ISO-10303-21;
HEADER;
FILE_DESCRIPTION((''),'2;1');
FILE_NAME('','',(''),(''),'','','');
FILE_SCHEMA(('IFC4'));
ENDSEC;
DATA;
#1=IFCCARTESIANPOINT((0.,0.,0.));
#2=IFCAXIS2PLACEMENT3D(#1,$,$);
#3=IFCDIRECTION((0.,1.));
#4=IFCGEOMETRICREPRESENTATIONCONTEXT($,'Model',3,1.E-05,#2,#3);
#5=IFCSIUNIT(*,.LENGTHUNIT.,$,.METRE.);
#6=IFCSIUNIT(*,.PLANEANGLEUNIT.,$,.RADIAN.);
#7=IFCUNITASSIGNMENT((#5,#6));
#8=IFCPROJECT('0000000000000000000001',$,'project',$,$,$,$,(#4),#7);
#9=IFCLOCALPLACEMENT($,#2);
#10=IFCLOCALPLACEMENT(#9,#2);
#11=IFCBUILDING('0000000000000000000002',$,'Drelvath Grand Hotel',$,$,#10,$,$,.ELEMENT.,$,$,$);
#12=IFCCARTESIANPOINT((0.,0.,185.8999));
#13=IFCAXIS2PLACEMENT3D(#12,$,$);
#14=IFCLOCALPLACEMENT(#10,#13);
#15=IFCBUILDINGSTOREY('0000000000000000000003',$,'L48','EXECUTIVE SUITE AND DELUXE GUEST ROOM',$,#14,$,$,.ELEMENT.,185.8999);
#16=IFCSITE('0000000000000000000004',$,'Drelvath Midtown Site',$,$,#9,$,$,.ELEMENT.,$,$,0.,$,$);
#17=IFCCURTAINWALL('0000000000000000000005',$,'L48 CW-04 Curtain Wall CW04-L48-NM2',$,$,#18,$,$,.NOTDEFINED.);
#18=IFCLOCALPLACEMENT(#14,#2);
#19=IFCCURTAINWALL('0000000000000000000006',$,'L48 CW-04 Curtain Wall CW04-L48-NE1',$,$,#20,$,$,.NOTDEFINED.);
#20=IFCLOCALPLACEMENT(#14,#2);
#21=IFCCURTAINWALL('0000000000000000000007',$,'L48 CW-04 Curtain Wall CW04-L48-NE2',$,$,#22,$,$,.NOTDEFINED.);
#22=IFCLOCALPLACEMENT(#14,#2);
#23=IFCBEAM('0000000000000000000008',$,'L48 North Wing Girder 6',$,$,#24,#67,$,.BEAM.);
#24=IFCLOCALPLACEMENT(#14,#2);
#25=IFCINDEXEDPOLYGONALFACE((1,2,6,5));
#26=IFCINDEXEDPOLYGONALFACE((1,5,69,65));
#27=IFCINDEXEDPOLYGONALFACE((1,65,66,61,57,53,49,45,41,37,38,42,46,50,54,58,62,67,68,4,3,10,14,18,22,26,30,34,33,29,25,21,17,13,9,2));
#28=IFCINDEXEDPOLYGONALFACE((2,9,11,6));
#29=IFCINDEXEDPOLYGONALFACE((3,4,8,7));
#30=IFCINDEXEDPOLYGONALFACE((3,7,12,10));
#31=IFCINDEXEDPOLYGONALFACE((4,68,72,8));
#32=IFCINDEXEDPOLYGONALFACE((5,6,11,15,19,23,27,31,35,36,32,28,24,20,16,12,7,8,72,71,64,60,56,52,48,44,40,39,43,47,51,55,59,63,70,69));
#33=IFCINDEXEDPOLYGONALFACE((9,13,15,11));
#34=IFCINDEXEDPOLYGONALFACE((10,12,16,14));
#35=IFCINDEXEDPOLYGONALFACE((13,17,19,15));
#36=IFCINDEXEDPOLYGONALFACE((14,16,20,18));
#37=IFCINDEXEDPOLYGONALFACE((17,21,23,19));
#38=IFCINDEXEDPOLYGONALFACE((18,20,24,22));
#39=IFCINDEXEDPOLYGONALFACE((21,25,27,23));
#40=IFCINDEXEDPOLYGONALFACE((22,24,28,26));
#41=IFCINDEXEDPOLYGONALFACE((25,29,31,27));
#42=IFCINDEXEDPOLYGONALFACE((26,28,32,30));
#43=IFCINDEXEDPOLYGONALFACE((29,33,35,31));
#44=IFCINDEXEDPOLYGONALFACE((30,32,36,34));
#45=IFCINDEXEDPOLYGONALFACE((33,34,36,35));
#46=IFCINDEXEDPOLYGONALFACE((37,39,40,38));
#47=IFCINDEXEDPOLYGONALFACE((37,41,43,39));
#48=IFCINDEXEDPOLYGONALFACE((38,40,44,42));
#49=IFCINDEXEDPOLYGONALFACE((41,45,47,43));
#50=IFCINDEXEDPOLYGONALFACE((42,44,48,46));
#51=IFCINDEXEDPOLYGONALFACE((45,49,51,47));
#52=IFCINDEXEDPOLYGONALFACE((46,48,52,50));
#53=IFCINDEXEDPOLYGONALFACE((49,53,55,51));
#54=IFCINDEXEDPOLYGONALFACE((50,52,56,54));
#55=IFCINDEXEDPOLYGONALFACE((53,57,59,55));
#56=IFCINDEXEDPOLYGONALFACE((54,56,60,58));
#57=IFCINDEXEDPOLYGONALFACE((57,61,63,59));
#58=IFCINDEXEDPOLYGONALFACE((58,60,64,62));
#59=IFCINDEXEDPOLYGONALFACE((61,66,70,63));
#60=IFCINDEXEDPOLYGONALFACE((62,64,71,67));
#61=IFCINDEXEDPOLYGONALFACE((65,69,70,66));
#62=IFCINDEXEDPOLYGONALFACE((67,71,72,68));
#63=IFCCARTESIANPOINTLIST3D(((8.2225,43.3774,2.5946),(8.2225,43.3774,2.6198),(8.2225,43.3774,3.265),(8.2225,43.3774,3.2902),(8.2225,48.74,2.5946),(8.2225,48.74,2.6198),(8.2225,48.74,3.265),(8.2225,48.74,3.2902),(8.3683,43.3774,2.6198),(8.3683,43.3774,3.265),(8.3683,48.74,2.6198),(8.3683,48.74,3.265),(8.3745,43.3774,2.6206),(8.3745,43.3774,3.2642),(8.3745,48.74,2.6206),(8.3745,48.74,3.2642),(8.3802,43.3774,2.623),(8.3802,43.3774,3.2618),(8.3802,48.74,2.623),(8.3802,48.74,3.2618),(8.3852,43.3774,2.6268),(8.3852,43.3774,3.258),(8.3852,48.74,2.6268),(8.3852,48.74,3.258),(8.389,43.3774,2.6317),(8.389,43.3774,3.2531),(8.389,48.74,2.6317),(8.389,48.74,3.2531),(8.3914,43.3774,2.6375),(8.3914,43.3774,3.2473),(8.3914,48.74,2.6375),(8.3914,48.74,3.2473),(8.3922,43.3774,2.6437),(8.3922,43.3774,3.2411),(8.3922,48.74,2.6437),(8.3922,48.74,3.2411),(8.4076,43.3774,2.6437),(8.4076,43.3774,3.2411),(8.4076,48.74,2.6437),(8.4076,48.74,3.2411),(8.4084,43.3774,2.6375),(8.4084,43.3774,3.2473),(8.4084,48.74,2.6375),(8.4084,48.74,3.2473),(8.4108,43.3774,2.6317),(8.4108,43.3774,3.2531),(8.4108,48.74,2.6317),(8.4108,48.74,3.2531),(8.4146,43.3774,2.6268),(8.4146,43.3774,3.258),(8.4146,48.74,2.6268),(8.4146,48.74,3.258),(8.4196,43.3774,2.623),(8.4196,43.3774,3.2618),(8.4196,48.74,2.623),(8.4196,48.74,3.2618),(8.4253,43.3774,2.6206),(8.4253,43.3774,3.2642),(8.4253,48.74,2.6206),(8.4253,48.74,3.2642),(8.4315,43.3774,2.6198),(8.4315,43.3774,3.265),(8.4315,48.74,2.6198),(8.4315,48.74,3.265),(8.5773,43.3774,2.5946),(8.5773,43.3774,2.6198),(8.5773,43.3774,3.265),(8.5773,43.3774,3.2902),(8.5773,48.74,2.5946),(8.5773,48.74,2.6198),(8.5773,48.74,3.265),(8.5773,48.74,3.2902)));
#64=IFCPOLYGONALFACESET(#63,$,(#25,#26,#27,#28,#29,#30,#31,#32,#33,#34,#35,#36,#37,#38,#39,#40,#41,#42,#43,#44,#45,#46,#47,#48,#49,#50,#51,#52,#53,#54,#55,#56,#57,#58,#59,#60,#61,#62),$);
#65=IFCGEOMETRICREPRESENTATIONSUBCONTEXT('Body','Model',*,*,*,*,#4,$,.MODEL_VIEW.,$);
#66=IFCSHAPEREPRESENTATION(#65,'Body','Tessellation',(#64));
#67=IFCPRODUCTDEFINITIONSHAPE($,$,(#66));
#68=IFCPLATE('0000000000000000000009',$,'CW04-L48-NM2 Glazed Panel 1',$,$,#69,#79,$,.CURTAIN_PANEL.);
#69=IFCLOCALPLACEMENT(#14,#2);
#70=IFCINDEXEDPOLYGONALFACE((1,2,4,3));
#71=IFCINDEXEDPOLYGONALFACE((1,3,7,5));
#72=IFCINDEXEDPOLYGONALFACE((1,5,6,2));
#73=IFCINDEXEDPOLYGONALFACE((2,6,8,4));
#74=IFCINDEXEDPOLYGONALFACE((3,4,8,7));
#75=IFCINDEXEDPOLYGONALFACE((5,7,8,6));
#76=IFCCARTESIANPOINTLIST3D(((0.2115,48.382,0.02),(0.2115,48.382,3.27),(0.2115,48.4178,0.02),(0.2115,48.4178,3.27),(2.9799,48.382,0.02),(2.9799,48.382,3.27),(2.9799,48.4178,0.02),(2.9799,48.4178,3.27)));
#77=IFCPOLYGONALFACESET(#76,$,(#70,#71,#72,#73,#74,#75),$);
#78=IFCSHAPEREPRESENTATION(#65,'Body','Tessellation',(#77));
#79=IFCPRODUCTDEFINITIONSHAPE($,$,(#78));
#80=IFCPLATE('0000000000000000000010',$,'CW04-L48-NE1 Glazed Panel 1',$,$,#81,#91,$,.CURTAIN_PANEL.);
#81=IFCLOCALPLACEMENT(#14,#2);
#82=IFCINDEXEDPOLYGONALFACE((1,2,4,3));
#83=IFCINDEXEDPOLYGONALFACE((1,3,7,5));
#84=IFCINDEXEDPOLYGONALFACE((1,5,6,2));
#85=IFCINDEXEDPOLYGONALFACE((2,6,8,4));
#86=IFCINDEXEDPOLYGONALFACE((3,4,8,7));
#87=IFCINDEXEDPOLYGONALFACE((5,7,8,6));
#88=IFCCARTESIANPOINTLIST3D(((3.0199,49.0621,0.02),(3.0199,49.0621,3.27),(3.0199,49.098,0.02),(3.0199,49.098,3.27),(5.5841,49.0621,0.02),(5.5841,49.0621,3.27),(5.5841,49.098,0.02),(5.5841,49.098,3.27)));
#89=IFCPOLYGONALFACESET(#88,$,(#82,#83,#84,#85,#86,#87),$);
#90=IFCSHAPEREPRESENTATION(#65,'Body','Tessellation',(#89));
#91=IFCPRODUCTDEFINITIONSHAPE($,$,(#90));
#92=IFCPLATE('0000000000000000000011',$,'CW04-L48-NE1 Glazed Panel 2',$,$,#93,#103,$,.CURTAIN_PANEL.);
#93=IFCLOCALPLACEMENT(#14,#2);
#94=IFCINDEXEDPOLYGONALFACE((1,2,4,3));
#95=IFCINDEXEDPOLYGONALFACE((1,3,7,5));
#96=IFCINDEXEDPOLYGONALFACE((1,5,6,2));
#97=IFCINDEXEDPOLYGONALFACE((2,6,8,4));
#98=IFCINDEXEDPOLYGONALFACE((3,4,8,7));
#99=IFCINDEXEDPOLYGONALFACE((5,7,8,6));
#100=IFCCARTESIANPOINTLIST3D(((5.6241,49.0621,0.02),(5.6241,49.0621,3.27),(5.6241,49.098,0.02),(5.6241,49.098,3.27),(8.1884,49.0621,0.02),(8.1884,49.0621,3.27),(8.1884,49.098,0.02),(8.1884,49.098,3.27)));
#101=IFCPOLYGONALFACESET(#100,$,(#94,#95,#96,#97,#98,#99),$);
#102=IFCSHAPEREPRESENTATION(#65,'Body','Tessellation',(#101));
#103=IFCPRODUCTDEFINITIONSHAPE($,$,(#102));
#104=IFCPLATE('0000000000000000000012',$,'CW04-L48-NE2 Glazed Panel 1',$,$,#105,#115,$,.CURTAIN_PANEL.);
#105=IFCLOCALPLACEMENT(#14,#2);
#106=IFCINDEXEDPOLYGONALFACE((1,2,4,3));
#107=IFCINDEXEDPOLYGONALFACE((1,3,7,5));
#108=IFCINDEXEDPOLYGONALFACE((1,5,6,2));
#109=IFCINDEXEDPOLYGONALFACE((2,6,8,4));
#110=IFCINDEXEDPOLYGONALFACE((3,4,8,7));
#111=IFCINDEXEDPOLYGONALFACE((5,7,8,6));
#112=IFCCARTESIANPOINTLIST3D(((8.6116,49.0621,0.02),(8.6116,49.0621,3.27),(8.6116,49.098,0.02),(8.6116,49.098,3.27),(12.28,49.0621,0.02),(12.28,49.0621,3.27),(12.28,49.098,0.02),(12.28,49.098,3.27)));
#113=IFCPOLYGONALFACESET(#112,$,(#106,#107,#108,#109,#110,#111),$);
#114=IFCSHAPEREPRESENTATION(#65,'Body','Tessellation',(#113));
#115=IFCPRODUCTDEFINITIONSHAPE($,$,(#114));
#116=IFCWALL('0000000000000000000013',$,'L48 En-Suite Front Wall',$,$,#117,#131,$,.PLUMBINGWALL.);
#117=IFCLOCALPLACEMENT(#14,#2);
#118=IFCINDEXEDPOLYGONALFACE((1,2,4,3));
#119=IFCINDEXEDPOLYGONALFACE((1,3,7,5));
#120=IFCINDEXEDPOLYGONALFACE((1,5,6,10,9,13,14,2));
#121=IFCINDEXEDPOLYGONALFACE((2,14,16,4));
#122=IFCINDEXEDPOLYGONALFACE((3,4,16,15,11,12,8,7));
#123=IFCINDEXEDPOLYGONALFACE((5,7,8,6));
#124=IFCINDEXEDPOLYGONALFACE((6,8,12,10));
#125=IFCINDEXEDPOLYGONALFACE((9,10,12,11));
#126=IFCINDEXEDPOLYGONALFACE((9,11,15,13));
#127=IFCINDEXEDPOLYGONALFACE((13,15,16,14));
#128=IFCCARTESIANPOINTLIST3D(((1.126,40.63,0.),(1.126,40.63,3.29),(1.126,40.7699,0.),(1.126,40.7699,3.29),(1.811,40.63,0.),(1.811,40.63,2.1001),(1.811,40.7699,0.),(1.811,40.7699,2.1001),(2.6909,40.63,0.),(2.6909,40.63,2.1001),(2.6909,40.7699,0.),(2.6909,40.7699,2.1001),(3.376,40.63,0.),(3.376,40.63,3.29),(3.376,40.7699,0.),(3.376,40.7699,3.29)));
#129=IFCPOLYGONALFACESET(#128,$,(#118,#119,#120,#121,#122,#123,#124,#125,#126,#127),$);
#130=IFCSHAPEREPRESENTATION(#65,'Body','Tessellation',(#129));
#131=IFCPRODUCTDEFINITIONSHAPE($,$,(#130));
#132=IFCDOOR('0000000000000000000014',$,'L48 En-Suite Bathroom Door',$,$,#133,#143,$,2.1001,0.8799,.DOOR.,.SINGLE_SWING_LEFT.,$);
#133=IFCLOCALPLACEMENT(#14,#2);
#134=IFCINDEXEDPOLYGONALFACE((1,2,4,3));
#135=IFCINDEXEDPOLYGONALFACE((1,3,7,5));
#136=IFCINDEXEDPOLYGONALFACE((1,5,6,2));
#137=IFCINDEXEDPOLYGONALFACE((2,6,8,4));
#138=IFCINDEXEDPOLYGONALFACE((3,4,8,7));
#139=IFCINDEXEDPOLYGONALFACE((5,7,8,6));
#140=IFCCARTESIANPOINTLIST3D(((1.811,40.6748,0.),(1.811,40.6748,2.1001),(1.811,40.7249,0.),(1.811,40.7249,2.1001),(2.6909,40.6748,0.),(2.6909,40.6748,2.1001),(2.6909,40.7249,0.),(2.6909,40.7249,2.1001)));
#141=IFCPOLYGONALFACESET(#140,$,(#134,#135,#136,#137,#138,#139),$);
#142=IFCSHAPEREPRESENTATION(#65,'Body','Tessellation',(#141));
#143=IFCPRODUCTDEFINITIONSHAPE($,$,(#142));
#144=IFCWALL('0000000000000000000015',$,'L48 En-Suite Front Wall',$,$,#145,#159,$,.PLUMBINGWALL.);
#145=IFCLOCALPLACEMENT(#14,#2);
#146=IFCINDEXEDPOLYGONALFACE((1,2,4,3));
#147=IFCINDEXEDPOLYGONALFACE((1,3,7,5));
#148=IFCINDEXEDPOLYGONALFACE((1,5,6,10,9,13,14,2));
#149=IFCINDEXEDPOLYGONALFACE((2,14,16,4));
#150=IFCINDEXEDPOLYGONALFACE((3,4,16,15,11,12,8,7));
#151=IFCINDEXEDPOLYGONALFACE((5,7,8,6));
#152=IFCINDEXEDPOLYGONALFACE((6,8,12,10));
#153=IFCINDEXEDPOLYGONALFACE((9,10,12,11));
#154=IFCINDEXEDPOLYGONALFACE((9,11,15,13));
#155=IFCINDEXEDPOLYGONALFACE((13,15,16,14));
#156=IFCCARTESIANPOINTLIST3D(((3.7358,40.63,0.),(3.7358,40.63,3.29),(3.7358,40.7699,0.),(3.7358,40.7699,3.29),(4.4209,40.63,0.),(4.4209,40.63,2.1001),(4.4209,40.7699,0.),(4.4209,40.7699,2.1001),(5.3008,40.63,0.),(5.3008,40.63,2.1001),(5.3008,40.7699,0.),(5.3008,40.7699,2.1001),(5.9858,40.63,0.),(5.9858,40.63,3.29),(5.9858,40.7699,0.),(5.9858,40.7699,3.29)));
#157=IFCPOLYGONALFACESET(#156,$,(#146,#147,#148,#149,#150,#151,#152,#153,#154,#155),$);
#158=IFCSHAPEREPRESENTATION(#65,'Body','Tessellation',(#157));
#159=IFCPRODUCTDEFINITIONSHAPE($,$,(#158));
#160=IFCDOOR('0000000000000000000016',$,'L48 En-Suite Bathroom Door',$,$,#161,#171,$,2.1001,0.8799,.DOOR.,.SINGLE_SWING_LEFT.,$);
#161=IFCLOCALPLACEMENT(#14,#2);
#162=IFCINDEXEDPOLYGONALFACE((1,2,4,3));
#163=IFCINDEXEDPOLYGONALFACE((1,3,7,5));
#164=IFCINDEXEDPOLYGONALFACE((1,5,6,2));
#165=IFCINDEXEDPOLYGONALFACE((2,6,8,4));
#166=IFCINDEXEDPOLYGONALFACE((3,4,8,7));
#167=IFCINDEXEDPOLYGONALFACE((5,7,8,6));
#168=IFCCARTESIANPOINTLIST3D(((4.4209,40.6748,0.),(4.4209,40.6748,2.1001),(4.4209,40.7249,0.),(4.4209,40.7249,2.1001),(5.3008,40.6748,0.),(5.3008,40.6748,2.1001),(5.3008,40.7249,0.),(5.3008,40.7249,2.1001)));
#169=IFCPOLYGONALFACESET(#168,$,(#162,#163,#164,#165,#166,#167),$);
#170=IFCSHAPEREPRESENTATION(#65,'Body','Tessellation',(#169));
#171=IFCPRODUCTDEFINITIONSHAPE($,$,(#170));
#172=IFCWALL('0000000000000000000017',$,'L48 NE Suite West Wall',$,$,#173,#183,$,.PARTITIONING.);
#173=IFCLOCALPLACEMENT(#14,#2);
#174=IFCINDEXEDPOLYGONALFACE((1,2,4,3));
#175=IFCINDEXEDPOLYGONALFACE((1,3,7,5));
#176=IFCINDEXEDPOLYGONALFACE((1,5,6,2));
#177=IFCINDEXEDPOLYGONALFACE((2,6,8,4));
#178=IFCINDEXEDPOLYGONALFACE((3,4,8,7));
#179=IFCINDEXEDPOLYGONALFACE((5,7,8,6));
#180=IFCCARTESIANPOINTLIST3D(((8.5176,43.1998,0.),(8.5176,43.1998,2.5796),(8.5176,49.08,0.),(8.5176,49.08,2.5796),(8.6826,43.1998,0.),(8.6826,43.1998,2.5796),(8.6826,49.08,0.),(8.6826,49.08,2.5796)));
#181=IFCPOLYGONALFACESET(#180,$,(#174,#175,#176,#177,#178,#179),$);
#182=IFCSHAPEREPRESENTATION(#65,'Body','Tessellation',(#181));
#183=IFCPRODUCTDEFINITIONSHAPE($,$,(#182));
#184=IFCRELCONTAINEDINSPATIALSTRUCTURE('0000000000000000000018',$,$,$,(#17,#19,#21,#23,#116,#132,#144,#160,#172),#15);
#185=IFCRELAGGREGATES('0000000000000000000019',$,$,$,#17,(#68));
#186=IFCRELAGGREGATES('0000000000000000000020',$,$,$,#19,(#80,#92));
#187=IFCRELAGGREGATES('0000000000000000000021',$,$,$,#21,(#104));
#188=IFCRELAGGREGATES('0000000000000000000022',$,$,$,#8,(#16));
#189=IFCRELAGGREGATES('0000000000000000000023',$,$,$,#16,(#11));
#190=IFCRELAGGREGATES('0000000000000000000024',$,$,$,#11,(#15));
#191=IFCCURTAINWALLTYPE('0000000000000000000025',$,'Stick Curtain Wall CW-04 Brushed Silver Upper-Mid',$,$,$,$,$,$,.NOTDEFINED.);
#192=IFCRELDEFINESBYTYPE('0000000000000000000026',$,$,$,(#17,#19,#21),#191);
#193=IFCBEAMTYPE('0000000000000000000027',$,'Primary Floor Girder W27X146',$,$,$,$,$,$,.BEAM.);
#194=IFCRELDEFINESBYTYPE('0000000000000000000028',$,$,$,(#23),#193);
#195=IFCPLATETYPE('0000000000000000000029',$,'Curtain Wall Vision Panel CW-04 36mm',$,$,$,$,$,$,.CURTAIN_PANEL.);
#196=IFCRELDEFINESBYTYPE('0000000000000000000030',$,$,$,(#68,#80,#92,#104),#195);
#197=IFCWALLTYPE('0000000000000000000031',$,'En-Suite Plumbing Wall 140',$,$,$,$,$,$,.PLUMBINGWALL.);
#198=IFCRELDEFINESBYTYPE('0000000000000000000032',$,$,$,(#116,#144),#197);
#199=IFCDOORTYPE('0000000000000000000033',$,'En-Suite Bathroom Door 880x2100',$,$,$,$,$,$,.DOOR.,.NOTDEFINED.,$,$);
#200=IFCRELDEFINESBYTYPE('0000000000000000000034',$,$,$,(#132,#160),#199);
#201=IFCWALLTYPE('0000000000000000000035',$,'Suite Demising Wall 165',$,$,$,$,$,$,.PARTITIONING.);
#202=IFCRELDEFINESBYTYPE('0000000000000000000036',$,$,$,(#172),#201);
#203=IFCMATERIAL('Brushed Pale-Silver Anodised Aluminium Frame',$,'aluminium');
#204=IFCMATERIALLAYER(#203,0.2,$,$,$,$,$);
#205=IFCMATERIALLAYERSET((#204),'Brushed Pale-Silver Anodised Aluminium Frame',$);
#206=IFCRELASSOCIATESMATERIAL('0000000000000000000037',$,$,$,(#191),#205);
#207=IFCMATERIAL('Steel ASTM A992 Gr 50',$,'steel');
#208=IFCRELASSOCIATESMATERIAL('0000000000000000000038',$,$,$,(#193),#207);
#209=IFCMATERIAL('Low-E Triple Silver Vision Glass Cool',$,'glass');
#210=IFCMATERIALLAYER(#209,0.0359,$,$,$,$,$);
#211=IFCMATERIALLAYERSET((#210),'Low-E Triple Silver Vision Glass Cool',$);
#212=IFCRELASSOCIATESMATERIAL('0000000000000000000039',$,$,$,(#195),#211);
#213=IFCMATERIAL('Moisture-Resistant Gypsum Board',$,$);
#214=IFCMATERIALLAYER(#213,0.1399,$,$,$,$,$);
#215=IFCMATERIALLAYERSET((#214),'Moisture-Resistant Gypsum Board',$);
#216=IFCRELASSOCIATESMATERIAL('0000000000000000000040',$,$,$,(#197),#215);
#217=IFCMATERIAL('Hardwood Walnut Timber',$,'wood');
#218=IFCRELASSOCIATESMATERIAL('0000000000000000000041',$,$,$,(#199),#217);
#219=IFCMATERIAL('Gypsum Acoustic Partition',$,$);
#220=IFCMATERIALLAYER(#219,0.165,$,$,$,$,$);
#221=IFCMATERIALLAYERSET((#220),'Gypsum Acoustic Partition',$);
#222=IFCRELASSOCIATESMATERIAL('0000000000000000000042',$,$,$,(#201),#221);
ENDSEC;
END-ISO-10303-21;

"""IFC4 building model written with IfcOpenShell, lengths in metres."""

from ifc_helpers import new_model, si_unit, direction, frame, frame_2d, origin, origin_2d, place, context, subcontext, project, spatial, rectangle, i_section, extrude, material, layer, layer_set, material_profile, profile_set, type_object, element, fill, aggregate, save


model = new_model("IFC4")

# Units and contexts
model_context = context("Model", 3, precision=1e-05, world=origin(), true_north=direction((0.0, 1.0)))
body_context = subcontext(model_context, "Body", "Model", "MODEL_VIEW")
ifc_project = project(units=[si_unit("LENGTHUNIT", "METRE"), si_unit("PLANEANGLEUNIT", "RADIAN")], contexts=[model_context])

# Site, building, storey
site_placement = place(None, origin())
site = spatial("IfcSite", under=ifc_project, at=site_placement, Name="Drelvath Midtown Site", CompositionType="ELEMENT", RefElevation=0.0)
building_placement = place(site_placement, origin())
building = spatial("IfcBuilding", under=site, at=building_placement, Name="Drelvath Grand Hotel", CompositionType="ELEMENT")
storey_placement = place(building_placement, frame((0.0, 0.0, 185.8999)))
storey = spatial("IfcBuildingStorey", under=building, at=storey_placement, Name="L48", Description="EXECUTIVE SUITE AND DELUXE GUEST ROOM", CompositionType="ELEMENT", Elevation=185.8999)

# Curtain walls
ifc_material_1 = material(Name="Brushed Pale-Silver Anodised Aluminium Frame", Category="aluminium")
ifc_layer_1 = layer(ifc_material_1, 0.2)
ifc_layer_set_1 = layer_set([ifc_layer_1], Name="Brushed Pale-Silver Anodised Aluminium Frame")
curtain_wall_type = type_object("IfcCurtainWallType", Name="Stick Curtain Wall CW-04 Brushed Silver Upper-Mid", PredefinedType="NOTDEFINED", material=ifc_layer_set_1)
curtain_wall_1_placement = place(storey_placement, origin())
curtain_wall_1 = element("IfcCurtainWall", 1, at=curtain_wall_1_placement, inside=storey, type_object=curtain_wall_type, Name="L48 CW-04 Curtain Wall CW04-L48-NM2", PredefinedType="NOTDEFINED")
curtain_wall_2_placement = place(storey_placement, origin())
curtain_wall_2 = element("IfcCurtainWall", 2, at=curtain_wall_2_placement, inside=storey, type_object=curtain_wall_type, Name="L48 CW-04 Curtain Wall CW04-L48-NE1", PredefinedType="NOTDEFINED")
curtain_wall_3_placement = place(storey_placement, origin())
curtain_wall_3 = element("IfcCurtainWall", 3, at=curtain_wall_3_placement, inside=storey, type_object=curtain_wall_type, Name="L48 CW-04 Curtain Wall CW04-L48-NE2", PredefinedType="NOTDEFINED")

# Beam
ifc_material_2 = material(Name="Steel ASTM A992 Gr 50", Category="steel")
ifc_material_profile_1 = material_profile(ifc_material_2, i_section(OverallWidth=0.3547, OverallDepth=0.6956, WebThickness=0.0154, FlangeThickness=0.0251, FilletRadius=0.0239, at=origin_2d()), Name="W27X146")
ifc_profile_set_1 = profile_set([ifc_material_profile_1], Name="Steel ASTM A992 Gr 50")
beam_type_1 = type_object("IfcBeamType", Name="Primary Floor Girder W27X146", PredefinedType="BEAM", material=ifc_profile_set_1)
beam_1_placement = place(storey_placement, frame((8.3999, 43.3774, 2.9424), z_axis=(0.0, 1.0, 0.0), x_axis=(-1.0, 0.0, 0.0)))
element("IfcBeam", 4, at=beam_1_placement, inside=storey, type_object=beam_type_1, Name="L48 North Wing Girder 6", PredefinedType="BEAM", context=body_context, shape_type="SweptSolid", body=[
    extrude(i_section(OverallWidth=0.3547, OverallDepth=0.6956, WebThickness=0.0154, FlangeThickness=0.0251, FilletRadius=0.0239, at=origin_2d()), origin(), (0.0, 0.0, 1.0), 5.3625),
])

# Plates
ifc_material_3 = material(Name="Low-E Triple Silver Vision Glass Cool", Category="glass")
ifc_layer_2 = layer(ifc_material_3, 0.0359)
ifc_layer_set_2 = layer_set([ifc_layer_2], Name="Low-E Triple Silver Vision Glass Cool")
plate_type = type_object("IfcPlateType", Name="Curtain Wall Vision Panel CW-04 36mm", PredefinedType="CURTAIN_PANEL", material=ifc_layer_set_2)
plate_1_placement = place(storey_placement, frame((1.5957, 48.3999, 0.02), z_axis=(0.0, 0.0, 1.0), x_axis=(1.0, 0.0, 0.0)))
plate_1 = element("IfcPlate", 5, at=plate_1_placement, type_object=plate_type, Name="CW04-L48-NM2 Glazed Panel 1", PredefinedType="CURTAIN_PANEL", context=body_context, shape_type="SweptSolid", body=[
    extrude(rectangle(XDim=2.7683, YDim=0.0359, at=origin_2d()), origin(), (0.0, 0.0, 1.0), 3.25),
])
aggregate(curtain_wall_1, [plate_1])
plate_2_placement = place(storey_placement, frame((4.302, 49.0801, 0.02), z_axis=(0.0, 0.0, 1.0), x_axis=(1.0, 0.0, 0.0)))
plate_2 = element("IfcPlate", 6, at=plate_2_placement, type_object=plate_type, Name="CW04-L48-NE1 Glazed Panel 1", PredefinedType="CURTAIN_PANEL", context=body_context, shape_type="SweptSolid", body=[
    extrude(rectangle(XDim=2.5642, YDim=0.0359, at=origin_2d()), origin(), (0.0, 0.0, 1.0), 3.25),
])
plate_3_placement = place(storey_placement, frame((6.9062, 49.0801, 0.02), z_axis=(0.0, 0.0, 1.0), x_axis=(1.0, 0.0, 0.0)))
plate_3 = element("IfcPlate", 7, at=plate_3_placement, type_object=plate_type, Name="CW04-L48-NE1 Glazed Panel 2", PredefinedType="CURTAIN_PANEL", context=body_context, shape_type="SweptSolid", body=[
    extrude(rectangle(XDim=2.5642, YDim=0.0359, at=origin_2d()), origin(), (0.0, 0.0, 1.0), 3.25),
])
aggregate(curtain_wall_2, [plate_2, plate_3])
plate_4_placement = place(storey_placement, frame((10.4458, 49.0801, 0.02), z_axis=(0.0, 0.0, 1.0), x_axis=(1.0, 0.0, 0.0)))
plate_4 = element("IfcPlate", 8, at=plate_4_placement, type_object=plate_type, Name="CW04-L48-NE2 Glazed Panel 1", PredefinedType="CURTAIN_PANEL", context=body_context, shape_type="SweptSolid", body=[
    extrude(rectangle(XDim=3.6685, YDim=0.0359, at=origin_2d()), origin(), (0.0, 0.0, 1.0), 3.25),
])
aggregate(curtain_wall_3, [plate_4])

# Walls, openings, doors
ifc_material_4 = material(Name="Hardwood Walnut Timber", Category="wood")
ifc_material_5 = material(Name="Moisture-Resistant Gypsum Board")
ifc_layer_3 = layer(ifc_material_5, 0.1399)
ifc_layer_set_3 = layer_set([ifc_layer_3], Name="Moisture-Resistant Gypsum Board")
wall_type_1 = type_object("IfcWallType", Name="En-Suite Plumbing Wall 140", PredefinedType="PLUMBINGWALL", material=ifc_layer_set_3)
wall_1_placement = place(storey_placement, frame((1.126, 40.7, 0.0), z_axis=(0.0, 0.0, 1.0), x_axis=(1.0, 0.0, 0.0)))
wall_1 = element("IfcWall", 9, at=wall_1_placement, inside=storey, type_object=wall_type_1, Name="L48 En-Suite Front Wall", PredefinedType="PLUMBINGWALL", context=body_context, shape_type="SweptSolid", body=[
    extrude(rectangle(XDim=2.25, YDim=0.1399, at=frame_2d((1.125, 0.0))), origin(), (0.0, 0.0, 1.0), 3.29),
])
opening_1_placement = place(wall_1_placement, frame((0.6851, 0.0, 0.0)))
opening_1 = element("IfcOpeningElement", 10, at=opening_1_placement, cuts=wall_1, PredefinedType="OPENING", context=body_context, shape_type="SweptSolid", body=[
    extrude(rectangle(XDim=0.8799, YDim=2.1001, at=frame_2d((0.4399, 1.05))), frame((0.0, 0.0798, 0.0), z_axis=(0.0, -1.0, 0.0), x_axis=(1.0, 0.0, 0.0)), (0.0, 0.0, 1.0), 0.1599),
])
door_type_1 = type_object("IfcDoorType", Name="En-Suite Bathroom Door 880x2100", OperationType="NOTDEFINED", PredefinedType="DOOR", material=ifc_material_4)
door_1_placement = place(opening_1_placement, origin())
door_1 = element("IfcDoor", 11, at=door_1_placement, inside=storey, type_object=door_type_1, Name="L48 En-Suite Bathroom Door", OperationType="SINGLE_SWING_LEFT", OverallHeight=2.1001, OverallWidth=0.8799, PredefinedType="DOOR", context=body_context, shape_type="SweptSolid", body=[
    extrude(rectangle(XDim=0.8799, YDim=2.1001, at=frame_2d((0.4399, 1.05))), frame((0.0, 0.0249, 0.0), z_axis=(0.0, -1.0, 0.0), x_axis=(1.0, 0.0, 0.0)), (0.0, 0.0, 1.0), 0.05),
])
fill(opening_1, door_1)
wall_2_placement = place(storey_placement, frame((3.7358, 40.7, 0.0), z_axis=(0.0, 0.0, 1.0), x_axis=(1.0, 0.0, 0.0)))
wall_2 = element("IfcWall", 12, at=wall_2_placement, inside=storey, type_object=wall_type_1, Name="L48 En-Suite Front Wall", PredefinedType="PLUMBINGWALL", context=body_context, shape_type="SweptSolid", body=[
    extrude(rectangle(XDim=2.25, YDim=0.1399, at=frame_2d((1.125, 0.0))), origin(), (0.0, 0.0, 1.0), 3.29),
])
opening_2_placement = place(wall_2_placement, frame((0.6851, 0.0, 0.0)))
opening_2 = element("IfcOpeningElement", 13, at=opening_2_placement, cuts=wall_2, PredefinedType="OPENING", context=body_context, shape_type="SweptSolid", body=[
    extrude(rectangle(XDim=0.8799, YDim=2.1001, at=frame_2d((0.4399, 1.05))), frame((0.0, 0.0798, 0.0), z_axis=(0.0, -1.0, 0.0), x_axis=(1.0, 0.0, 0.0)), (0.0, 0.0, 1.0), 0.1599),
])
door_2_placement = place(opening_2_placement, origin())
door_2 = element("IfcDoor", 14, at=door_2_placement, inside=storey, type_object=door_type_1, Name="L48 En-Suite Bathroom Door", OperationType="SINGLE_SWING_LEFT", OverallHeight=2.1001, OverallWidth=0.8799, PredefinedType="DOOR", context=body_context, shape_type="SweptSolid", body=[
    extrude(rectangle(XDim=0.8799, YDim=2.1001, at=frame_2d((0.4399, 1.05))), frame((0.0, 0.0249, 0.0), z_axis=(0.0, -1.0, 0.0), x_axis=(1.0, 0.0, 0.0)), (0.0, 0.0, 1.0), 0.05),
])
fill(opening_2, door_2)

# Wall
ifc_material_6 = material(Name="Gypsum Acoustic Partition")
ifc_layer_4 = layer(ifc_material_6, 0.165)
ifc_layer_set_4 = layer_set([ifc_layer_4], Name="Gypsum Acoustic Partition")
wall_type_2 = type_object("IfcWallType", Name="Suite Demising Wall 165", PredefinedType="PARTITIONING", material=ifc_layer_set_4)
wall_3_placement = place(storey_placement, frame((8.6001, 43.2, 0.0), z_axis=(0.0, 0.0, 1.0), x_axis=(0.0, 1.0, 0.0)))
element("IfcWall", 15, at=wall_3_placement, inside=storey, type_object=wall_type_2, Name="L48 NE Suite West Wall", PredefinedType="PARTITIONING", context=body_context, shape_type="SweptSolid", body=[
    extrude(rectangle(XDim=5.8801, YDim=0.165, at=frame_2d((2.9399, 0.0))), origin(), (0.0, 0.0, 1.0), 2.5796),
])

save(model, "model.ifc")
